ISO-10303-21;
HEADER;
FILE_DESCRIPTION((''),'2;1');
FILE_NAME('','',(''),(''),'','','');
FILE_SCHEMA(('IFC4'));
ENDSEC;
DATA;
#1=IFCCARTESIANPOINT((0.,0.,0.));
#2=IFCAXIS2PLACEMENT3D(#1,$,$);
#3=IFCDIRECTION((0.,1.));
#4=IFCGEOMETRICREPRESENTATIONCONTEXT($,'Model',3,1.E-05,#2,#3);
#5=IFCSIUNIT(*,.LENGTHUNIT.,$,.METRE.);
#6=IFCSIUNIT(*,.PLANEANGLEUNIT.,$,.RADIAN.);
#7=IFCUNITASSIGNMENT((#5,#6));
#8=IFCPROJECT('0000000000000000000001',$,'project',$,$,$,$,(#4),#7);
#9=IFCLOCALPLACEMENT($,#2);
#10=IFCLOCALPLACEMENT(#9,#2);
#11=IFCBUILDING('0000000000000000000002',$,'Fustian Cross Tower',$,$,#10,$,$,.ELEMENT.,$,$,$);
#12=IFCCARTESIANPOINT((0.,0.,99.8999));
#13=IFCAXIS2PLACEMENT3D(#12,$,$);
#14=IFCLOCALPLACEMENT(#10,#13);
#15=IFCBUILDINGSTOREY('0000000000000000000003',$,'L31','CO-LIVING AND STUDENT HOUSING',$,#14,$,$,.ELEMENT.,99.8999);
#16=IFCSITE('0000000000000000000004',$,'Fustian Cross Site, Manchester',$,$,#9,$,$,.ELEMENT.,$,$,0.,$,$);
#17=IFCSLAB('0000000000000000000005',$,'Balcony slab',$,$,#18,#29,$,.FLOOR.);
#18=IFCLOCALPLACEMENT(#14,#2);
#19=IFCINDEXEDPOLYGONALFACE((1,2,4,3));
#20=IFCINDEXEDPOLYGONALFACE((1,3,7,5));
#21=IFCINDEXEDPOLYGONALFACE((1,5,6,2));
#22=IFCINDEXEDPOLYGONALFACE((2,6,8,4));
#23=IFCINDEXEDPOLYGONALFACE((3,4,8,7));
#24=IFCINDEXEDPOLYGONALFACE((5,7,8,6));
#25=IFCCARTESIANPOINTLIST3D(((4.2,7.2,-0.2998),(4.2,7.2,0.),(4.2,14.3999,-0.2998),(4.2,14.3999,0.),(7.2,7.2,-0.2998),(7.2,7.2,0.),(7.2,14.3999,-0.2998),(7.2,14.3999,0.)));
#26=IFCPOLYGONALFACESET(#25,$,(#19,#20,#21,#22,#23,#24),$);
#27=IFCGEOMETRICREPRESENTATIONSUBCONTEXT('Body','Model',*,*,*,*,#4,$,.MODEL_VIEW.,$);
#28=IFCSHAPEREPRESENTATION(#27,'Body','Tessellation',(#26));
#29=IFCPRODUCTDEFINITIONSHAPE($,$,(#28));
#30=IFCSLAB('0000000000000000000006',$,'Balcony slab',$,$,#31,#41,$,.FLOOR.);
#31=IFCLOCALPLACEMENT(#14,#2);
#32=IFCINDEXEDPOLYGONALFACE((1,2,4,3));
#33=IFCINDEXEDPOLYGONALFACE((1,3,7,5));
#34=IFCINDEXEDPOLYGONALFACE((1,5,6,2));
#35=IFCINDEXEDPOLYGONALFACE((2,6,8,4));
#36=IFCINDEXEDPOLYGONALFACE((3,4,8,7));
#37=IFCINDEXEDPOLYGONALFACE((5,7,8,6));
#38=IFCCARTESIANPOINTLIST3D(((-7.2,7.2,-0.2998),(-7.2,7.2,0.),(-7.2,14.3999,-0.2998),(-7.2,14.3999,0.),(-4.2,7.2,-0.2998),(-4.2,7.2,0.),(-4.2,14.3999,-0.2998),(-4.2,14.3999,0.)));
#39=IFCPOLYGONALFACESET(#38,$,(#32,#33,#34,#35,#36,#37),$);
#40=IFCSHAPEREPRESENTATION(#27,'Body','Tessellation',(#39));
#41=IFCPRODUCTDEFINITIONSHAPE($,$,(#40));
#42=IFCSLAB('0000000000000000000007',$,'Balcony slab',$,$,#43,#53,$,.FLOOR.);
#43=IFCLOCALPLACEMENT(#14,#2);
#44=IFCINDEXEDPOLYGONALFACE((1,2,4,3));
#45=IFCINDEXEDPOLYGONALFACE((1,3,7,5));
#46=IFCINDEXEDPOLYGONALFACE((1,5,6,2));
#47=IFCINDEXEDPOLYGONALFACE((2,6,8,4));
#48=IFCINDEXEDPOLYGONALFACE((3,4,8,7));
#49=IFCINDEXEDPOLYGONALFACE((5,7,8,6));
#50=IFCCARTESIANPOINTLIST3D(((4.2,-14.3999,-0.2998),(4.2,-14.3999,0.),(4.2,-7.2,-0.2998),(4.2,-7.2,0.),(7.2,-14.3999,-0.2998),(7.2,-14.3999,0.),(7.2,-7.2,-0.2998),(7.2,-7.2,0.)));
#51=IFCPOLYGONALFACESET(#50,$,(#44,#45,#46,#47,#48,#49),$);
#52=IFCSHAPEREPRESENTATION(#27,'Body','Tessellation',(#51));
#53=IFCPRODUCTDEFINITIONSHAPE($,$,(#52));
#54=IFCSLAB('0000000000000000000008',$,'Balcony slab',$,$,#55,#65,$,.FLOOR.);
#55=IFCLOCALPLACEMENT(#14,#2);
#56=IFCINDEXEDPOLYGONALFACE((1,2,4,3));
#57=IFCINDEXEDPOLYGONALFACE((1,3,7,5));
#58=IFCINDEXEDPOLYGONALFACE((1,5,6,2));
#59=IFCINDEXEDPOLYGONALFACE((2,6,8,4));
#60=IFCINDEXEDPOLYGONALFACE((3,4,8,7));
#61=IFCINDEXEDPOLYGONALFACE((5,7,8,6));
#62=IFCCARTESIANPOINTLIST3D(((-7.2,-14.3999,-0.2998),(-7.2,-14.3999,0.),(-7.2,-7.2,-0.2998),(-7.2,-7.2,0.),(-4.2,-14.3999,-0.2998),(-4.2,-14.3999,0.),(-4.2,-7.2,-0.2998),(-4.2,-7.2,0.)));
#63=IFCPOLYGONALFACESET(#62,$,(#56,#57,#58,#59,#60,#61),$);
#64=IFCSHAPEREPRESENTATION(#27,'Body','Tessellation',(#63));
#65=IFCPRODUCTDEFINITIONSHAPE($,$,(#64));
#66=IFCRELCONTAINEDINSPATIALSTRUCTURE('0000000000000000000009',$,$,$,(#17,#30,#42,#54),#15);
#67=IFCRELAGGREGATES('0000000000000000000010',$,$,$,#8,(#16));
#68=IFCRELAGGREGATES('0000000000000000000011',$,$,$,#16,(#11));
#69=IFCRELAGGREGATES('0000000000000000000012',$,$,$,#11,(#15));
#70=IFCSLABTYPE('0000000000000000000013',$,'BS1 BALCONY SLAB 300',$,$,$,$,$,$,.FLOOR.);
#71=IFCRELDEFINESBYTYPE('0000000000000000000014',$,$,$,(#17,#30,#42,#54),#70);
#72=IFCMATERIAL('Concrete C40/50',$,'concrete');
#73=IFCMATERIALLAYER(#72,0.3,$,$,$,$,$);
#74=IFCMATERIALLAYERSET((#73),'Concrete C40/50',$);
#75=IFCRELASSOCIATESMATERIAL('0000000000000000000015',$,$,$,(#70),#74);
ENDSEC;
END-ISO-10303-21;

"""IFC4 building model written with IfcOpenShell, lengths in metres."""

from ifc_helpers import new_model, si_unit, direction, frame, origin, place, context, subcontext, project, spatial, polyline, outline, extrude, material, layer, layer_set, type_object, element, save


model = new_model("IFC4")

# Units and contexts
model_context = context("Model", 3, precision=1e-05, world=origin(), true_north=direction((0.0, 1.0)))
body_context = subcontext(model_context, "Body", "Model", "MODEL_VIEW")
ifc_project = project(units=[si_unit("LENGTHUNIT", "METRE"), si_unit("PLANEANGLEUNIT", "RADIAN")], contexts=[model_context])

# Site, building, storey
site_placement = place(None, origin())
site = spatial("IfcSite", under=ifc_project, at=site_placement, Name="Fustian Cross Site, Manchester", CompositionType="ELEMENT", RefElevation=0.0)
building_placement = place(site_placement, origin())
building = spatial("IfcBuilding", under=site, at=building_placement, Name="Fustian Cross Tower", CompositionType="ELEMENT")
storey_placement = place(building_placement, frame((0.0, 0.0, 99.8999)))
storey = spatial("IfcBuildingStorey", under=building, at=storey_placement, Name="L31", Description="CO-LIVING AND STUDENT HOUSING", CompositionType="ELEMENT", Elevation=99.8999)

# Slabs
ifc_material_1 = material(Name="Concrete C40/50", Category="concrete")
ifc_layer_1 = layer(ifc_material_1, 0.3)
ifc_layer_set_1 = layer_set([ifc_layer_1], Name="Concrete C40/50")
slab_type_1 = type_object("IfcSlabType", Name="BS1 BALCONY SLAB 300", PredefinedType="FLOOR", material=ifc_layer_set_1)
slab_1_placement = place(storey_placement, frame((0.0, 0.0, -0.2998)))
element("IfcSlab", 1, at=slab_1_placement, inside=storey, type_object=slab_type_1, Name="Balcony slab", PredefinedType="FLOOR", context=body_context, shape_type="SweptSolid", body=[
    extrude(outline(polyline([(4.2, 7.2), (7.2, 7.2), (7.2, 14.3999), (4.2, 14.3999), (4.2, 7.2)])), origin(), (0.0, 0.0, 1.0), 0.2998),
])
slab_2_placement = place(storey_placement, frame((0.0, 0.0, -0.2998)))
element("IfcSlab", 2, at=slab_2_placement, inside=storey, type_object=slab_type_1, Name="Balcony slab", PredefinedType="FLOOR", context=body_context, shape_type="SweptSolid", body=[
    extrude(outline(polyline([(-7.2, 7.2), (-4.2, 7.2), (-4.2, 14.3999), (-7.2, 14.3999), (-7.2, 7.2)])), origin(), (0.0, 0.0, 1.0), 0.2998),
])
slab_3_placement = place(storey_placement, frame((0.0, 0.0, -0.2998)))
element("IfcSlab", 3, at=slab_3_placement, inside=storey, type_object=slab_type_1, Name="Balcony slab", PredefinedType="FLOOR", context=body_context, shape_type="SweptSolid", body=[
    extrude(outline(polyline([(4.2, -14.3999), (7.2, -14.3999), (7.2, -7.2), (4.2, -7.2), (4.2, -14.3999)])), origin(), (0.0, 0.0, 1.0), 0.2998),
])
slab_4_placement = place(storey_placement, frame((0.0, 0.0, -0.2998)))
element("IfcSlab", 4, at=slab_4_placement, inside=storey, type_object=slab_type_1, Name="Balcony slab", PredefinedType="FLOOR", context=body_context, shape_type="SweptSolid", body=[
    extrude(outline(polyline([(-7.2, -14.3999), (-4.2, -14.3999), (-4.2, -7.2), (-7.2, -7.2), (-7.2, -14.3999)])), origin(), (0.0, 0.0, 1.0), 0.2998),
])

save(model, "model.ifc")
